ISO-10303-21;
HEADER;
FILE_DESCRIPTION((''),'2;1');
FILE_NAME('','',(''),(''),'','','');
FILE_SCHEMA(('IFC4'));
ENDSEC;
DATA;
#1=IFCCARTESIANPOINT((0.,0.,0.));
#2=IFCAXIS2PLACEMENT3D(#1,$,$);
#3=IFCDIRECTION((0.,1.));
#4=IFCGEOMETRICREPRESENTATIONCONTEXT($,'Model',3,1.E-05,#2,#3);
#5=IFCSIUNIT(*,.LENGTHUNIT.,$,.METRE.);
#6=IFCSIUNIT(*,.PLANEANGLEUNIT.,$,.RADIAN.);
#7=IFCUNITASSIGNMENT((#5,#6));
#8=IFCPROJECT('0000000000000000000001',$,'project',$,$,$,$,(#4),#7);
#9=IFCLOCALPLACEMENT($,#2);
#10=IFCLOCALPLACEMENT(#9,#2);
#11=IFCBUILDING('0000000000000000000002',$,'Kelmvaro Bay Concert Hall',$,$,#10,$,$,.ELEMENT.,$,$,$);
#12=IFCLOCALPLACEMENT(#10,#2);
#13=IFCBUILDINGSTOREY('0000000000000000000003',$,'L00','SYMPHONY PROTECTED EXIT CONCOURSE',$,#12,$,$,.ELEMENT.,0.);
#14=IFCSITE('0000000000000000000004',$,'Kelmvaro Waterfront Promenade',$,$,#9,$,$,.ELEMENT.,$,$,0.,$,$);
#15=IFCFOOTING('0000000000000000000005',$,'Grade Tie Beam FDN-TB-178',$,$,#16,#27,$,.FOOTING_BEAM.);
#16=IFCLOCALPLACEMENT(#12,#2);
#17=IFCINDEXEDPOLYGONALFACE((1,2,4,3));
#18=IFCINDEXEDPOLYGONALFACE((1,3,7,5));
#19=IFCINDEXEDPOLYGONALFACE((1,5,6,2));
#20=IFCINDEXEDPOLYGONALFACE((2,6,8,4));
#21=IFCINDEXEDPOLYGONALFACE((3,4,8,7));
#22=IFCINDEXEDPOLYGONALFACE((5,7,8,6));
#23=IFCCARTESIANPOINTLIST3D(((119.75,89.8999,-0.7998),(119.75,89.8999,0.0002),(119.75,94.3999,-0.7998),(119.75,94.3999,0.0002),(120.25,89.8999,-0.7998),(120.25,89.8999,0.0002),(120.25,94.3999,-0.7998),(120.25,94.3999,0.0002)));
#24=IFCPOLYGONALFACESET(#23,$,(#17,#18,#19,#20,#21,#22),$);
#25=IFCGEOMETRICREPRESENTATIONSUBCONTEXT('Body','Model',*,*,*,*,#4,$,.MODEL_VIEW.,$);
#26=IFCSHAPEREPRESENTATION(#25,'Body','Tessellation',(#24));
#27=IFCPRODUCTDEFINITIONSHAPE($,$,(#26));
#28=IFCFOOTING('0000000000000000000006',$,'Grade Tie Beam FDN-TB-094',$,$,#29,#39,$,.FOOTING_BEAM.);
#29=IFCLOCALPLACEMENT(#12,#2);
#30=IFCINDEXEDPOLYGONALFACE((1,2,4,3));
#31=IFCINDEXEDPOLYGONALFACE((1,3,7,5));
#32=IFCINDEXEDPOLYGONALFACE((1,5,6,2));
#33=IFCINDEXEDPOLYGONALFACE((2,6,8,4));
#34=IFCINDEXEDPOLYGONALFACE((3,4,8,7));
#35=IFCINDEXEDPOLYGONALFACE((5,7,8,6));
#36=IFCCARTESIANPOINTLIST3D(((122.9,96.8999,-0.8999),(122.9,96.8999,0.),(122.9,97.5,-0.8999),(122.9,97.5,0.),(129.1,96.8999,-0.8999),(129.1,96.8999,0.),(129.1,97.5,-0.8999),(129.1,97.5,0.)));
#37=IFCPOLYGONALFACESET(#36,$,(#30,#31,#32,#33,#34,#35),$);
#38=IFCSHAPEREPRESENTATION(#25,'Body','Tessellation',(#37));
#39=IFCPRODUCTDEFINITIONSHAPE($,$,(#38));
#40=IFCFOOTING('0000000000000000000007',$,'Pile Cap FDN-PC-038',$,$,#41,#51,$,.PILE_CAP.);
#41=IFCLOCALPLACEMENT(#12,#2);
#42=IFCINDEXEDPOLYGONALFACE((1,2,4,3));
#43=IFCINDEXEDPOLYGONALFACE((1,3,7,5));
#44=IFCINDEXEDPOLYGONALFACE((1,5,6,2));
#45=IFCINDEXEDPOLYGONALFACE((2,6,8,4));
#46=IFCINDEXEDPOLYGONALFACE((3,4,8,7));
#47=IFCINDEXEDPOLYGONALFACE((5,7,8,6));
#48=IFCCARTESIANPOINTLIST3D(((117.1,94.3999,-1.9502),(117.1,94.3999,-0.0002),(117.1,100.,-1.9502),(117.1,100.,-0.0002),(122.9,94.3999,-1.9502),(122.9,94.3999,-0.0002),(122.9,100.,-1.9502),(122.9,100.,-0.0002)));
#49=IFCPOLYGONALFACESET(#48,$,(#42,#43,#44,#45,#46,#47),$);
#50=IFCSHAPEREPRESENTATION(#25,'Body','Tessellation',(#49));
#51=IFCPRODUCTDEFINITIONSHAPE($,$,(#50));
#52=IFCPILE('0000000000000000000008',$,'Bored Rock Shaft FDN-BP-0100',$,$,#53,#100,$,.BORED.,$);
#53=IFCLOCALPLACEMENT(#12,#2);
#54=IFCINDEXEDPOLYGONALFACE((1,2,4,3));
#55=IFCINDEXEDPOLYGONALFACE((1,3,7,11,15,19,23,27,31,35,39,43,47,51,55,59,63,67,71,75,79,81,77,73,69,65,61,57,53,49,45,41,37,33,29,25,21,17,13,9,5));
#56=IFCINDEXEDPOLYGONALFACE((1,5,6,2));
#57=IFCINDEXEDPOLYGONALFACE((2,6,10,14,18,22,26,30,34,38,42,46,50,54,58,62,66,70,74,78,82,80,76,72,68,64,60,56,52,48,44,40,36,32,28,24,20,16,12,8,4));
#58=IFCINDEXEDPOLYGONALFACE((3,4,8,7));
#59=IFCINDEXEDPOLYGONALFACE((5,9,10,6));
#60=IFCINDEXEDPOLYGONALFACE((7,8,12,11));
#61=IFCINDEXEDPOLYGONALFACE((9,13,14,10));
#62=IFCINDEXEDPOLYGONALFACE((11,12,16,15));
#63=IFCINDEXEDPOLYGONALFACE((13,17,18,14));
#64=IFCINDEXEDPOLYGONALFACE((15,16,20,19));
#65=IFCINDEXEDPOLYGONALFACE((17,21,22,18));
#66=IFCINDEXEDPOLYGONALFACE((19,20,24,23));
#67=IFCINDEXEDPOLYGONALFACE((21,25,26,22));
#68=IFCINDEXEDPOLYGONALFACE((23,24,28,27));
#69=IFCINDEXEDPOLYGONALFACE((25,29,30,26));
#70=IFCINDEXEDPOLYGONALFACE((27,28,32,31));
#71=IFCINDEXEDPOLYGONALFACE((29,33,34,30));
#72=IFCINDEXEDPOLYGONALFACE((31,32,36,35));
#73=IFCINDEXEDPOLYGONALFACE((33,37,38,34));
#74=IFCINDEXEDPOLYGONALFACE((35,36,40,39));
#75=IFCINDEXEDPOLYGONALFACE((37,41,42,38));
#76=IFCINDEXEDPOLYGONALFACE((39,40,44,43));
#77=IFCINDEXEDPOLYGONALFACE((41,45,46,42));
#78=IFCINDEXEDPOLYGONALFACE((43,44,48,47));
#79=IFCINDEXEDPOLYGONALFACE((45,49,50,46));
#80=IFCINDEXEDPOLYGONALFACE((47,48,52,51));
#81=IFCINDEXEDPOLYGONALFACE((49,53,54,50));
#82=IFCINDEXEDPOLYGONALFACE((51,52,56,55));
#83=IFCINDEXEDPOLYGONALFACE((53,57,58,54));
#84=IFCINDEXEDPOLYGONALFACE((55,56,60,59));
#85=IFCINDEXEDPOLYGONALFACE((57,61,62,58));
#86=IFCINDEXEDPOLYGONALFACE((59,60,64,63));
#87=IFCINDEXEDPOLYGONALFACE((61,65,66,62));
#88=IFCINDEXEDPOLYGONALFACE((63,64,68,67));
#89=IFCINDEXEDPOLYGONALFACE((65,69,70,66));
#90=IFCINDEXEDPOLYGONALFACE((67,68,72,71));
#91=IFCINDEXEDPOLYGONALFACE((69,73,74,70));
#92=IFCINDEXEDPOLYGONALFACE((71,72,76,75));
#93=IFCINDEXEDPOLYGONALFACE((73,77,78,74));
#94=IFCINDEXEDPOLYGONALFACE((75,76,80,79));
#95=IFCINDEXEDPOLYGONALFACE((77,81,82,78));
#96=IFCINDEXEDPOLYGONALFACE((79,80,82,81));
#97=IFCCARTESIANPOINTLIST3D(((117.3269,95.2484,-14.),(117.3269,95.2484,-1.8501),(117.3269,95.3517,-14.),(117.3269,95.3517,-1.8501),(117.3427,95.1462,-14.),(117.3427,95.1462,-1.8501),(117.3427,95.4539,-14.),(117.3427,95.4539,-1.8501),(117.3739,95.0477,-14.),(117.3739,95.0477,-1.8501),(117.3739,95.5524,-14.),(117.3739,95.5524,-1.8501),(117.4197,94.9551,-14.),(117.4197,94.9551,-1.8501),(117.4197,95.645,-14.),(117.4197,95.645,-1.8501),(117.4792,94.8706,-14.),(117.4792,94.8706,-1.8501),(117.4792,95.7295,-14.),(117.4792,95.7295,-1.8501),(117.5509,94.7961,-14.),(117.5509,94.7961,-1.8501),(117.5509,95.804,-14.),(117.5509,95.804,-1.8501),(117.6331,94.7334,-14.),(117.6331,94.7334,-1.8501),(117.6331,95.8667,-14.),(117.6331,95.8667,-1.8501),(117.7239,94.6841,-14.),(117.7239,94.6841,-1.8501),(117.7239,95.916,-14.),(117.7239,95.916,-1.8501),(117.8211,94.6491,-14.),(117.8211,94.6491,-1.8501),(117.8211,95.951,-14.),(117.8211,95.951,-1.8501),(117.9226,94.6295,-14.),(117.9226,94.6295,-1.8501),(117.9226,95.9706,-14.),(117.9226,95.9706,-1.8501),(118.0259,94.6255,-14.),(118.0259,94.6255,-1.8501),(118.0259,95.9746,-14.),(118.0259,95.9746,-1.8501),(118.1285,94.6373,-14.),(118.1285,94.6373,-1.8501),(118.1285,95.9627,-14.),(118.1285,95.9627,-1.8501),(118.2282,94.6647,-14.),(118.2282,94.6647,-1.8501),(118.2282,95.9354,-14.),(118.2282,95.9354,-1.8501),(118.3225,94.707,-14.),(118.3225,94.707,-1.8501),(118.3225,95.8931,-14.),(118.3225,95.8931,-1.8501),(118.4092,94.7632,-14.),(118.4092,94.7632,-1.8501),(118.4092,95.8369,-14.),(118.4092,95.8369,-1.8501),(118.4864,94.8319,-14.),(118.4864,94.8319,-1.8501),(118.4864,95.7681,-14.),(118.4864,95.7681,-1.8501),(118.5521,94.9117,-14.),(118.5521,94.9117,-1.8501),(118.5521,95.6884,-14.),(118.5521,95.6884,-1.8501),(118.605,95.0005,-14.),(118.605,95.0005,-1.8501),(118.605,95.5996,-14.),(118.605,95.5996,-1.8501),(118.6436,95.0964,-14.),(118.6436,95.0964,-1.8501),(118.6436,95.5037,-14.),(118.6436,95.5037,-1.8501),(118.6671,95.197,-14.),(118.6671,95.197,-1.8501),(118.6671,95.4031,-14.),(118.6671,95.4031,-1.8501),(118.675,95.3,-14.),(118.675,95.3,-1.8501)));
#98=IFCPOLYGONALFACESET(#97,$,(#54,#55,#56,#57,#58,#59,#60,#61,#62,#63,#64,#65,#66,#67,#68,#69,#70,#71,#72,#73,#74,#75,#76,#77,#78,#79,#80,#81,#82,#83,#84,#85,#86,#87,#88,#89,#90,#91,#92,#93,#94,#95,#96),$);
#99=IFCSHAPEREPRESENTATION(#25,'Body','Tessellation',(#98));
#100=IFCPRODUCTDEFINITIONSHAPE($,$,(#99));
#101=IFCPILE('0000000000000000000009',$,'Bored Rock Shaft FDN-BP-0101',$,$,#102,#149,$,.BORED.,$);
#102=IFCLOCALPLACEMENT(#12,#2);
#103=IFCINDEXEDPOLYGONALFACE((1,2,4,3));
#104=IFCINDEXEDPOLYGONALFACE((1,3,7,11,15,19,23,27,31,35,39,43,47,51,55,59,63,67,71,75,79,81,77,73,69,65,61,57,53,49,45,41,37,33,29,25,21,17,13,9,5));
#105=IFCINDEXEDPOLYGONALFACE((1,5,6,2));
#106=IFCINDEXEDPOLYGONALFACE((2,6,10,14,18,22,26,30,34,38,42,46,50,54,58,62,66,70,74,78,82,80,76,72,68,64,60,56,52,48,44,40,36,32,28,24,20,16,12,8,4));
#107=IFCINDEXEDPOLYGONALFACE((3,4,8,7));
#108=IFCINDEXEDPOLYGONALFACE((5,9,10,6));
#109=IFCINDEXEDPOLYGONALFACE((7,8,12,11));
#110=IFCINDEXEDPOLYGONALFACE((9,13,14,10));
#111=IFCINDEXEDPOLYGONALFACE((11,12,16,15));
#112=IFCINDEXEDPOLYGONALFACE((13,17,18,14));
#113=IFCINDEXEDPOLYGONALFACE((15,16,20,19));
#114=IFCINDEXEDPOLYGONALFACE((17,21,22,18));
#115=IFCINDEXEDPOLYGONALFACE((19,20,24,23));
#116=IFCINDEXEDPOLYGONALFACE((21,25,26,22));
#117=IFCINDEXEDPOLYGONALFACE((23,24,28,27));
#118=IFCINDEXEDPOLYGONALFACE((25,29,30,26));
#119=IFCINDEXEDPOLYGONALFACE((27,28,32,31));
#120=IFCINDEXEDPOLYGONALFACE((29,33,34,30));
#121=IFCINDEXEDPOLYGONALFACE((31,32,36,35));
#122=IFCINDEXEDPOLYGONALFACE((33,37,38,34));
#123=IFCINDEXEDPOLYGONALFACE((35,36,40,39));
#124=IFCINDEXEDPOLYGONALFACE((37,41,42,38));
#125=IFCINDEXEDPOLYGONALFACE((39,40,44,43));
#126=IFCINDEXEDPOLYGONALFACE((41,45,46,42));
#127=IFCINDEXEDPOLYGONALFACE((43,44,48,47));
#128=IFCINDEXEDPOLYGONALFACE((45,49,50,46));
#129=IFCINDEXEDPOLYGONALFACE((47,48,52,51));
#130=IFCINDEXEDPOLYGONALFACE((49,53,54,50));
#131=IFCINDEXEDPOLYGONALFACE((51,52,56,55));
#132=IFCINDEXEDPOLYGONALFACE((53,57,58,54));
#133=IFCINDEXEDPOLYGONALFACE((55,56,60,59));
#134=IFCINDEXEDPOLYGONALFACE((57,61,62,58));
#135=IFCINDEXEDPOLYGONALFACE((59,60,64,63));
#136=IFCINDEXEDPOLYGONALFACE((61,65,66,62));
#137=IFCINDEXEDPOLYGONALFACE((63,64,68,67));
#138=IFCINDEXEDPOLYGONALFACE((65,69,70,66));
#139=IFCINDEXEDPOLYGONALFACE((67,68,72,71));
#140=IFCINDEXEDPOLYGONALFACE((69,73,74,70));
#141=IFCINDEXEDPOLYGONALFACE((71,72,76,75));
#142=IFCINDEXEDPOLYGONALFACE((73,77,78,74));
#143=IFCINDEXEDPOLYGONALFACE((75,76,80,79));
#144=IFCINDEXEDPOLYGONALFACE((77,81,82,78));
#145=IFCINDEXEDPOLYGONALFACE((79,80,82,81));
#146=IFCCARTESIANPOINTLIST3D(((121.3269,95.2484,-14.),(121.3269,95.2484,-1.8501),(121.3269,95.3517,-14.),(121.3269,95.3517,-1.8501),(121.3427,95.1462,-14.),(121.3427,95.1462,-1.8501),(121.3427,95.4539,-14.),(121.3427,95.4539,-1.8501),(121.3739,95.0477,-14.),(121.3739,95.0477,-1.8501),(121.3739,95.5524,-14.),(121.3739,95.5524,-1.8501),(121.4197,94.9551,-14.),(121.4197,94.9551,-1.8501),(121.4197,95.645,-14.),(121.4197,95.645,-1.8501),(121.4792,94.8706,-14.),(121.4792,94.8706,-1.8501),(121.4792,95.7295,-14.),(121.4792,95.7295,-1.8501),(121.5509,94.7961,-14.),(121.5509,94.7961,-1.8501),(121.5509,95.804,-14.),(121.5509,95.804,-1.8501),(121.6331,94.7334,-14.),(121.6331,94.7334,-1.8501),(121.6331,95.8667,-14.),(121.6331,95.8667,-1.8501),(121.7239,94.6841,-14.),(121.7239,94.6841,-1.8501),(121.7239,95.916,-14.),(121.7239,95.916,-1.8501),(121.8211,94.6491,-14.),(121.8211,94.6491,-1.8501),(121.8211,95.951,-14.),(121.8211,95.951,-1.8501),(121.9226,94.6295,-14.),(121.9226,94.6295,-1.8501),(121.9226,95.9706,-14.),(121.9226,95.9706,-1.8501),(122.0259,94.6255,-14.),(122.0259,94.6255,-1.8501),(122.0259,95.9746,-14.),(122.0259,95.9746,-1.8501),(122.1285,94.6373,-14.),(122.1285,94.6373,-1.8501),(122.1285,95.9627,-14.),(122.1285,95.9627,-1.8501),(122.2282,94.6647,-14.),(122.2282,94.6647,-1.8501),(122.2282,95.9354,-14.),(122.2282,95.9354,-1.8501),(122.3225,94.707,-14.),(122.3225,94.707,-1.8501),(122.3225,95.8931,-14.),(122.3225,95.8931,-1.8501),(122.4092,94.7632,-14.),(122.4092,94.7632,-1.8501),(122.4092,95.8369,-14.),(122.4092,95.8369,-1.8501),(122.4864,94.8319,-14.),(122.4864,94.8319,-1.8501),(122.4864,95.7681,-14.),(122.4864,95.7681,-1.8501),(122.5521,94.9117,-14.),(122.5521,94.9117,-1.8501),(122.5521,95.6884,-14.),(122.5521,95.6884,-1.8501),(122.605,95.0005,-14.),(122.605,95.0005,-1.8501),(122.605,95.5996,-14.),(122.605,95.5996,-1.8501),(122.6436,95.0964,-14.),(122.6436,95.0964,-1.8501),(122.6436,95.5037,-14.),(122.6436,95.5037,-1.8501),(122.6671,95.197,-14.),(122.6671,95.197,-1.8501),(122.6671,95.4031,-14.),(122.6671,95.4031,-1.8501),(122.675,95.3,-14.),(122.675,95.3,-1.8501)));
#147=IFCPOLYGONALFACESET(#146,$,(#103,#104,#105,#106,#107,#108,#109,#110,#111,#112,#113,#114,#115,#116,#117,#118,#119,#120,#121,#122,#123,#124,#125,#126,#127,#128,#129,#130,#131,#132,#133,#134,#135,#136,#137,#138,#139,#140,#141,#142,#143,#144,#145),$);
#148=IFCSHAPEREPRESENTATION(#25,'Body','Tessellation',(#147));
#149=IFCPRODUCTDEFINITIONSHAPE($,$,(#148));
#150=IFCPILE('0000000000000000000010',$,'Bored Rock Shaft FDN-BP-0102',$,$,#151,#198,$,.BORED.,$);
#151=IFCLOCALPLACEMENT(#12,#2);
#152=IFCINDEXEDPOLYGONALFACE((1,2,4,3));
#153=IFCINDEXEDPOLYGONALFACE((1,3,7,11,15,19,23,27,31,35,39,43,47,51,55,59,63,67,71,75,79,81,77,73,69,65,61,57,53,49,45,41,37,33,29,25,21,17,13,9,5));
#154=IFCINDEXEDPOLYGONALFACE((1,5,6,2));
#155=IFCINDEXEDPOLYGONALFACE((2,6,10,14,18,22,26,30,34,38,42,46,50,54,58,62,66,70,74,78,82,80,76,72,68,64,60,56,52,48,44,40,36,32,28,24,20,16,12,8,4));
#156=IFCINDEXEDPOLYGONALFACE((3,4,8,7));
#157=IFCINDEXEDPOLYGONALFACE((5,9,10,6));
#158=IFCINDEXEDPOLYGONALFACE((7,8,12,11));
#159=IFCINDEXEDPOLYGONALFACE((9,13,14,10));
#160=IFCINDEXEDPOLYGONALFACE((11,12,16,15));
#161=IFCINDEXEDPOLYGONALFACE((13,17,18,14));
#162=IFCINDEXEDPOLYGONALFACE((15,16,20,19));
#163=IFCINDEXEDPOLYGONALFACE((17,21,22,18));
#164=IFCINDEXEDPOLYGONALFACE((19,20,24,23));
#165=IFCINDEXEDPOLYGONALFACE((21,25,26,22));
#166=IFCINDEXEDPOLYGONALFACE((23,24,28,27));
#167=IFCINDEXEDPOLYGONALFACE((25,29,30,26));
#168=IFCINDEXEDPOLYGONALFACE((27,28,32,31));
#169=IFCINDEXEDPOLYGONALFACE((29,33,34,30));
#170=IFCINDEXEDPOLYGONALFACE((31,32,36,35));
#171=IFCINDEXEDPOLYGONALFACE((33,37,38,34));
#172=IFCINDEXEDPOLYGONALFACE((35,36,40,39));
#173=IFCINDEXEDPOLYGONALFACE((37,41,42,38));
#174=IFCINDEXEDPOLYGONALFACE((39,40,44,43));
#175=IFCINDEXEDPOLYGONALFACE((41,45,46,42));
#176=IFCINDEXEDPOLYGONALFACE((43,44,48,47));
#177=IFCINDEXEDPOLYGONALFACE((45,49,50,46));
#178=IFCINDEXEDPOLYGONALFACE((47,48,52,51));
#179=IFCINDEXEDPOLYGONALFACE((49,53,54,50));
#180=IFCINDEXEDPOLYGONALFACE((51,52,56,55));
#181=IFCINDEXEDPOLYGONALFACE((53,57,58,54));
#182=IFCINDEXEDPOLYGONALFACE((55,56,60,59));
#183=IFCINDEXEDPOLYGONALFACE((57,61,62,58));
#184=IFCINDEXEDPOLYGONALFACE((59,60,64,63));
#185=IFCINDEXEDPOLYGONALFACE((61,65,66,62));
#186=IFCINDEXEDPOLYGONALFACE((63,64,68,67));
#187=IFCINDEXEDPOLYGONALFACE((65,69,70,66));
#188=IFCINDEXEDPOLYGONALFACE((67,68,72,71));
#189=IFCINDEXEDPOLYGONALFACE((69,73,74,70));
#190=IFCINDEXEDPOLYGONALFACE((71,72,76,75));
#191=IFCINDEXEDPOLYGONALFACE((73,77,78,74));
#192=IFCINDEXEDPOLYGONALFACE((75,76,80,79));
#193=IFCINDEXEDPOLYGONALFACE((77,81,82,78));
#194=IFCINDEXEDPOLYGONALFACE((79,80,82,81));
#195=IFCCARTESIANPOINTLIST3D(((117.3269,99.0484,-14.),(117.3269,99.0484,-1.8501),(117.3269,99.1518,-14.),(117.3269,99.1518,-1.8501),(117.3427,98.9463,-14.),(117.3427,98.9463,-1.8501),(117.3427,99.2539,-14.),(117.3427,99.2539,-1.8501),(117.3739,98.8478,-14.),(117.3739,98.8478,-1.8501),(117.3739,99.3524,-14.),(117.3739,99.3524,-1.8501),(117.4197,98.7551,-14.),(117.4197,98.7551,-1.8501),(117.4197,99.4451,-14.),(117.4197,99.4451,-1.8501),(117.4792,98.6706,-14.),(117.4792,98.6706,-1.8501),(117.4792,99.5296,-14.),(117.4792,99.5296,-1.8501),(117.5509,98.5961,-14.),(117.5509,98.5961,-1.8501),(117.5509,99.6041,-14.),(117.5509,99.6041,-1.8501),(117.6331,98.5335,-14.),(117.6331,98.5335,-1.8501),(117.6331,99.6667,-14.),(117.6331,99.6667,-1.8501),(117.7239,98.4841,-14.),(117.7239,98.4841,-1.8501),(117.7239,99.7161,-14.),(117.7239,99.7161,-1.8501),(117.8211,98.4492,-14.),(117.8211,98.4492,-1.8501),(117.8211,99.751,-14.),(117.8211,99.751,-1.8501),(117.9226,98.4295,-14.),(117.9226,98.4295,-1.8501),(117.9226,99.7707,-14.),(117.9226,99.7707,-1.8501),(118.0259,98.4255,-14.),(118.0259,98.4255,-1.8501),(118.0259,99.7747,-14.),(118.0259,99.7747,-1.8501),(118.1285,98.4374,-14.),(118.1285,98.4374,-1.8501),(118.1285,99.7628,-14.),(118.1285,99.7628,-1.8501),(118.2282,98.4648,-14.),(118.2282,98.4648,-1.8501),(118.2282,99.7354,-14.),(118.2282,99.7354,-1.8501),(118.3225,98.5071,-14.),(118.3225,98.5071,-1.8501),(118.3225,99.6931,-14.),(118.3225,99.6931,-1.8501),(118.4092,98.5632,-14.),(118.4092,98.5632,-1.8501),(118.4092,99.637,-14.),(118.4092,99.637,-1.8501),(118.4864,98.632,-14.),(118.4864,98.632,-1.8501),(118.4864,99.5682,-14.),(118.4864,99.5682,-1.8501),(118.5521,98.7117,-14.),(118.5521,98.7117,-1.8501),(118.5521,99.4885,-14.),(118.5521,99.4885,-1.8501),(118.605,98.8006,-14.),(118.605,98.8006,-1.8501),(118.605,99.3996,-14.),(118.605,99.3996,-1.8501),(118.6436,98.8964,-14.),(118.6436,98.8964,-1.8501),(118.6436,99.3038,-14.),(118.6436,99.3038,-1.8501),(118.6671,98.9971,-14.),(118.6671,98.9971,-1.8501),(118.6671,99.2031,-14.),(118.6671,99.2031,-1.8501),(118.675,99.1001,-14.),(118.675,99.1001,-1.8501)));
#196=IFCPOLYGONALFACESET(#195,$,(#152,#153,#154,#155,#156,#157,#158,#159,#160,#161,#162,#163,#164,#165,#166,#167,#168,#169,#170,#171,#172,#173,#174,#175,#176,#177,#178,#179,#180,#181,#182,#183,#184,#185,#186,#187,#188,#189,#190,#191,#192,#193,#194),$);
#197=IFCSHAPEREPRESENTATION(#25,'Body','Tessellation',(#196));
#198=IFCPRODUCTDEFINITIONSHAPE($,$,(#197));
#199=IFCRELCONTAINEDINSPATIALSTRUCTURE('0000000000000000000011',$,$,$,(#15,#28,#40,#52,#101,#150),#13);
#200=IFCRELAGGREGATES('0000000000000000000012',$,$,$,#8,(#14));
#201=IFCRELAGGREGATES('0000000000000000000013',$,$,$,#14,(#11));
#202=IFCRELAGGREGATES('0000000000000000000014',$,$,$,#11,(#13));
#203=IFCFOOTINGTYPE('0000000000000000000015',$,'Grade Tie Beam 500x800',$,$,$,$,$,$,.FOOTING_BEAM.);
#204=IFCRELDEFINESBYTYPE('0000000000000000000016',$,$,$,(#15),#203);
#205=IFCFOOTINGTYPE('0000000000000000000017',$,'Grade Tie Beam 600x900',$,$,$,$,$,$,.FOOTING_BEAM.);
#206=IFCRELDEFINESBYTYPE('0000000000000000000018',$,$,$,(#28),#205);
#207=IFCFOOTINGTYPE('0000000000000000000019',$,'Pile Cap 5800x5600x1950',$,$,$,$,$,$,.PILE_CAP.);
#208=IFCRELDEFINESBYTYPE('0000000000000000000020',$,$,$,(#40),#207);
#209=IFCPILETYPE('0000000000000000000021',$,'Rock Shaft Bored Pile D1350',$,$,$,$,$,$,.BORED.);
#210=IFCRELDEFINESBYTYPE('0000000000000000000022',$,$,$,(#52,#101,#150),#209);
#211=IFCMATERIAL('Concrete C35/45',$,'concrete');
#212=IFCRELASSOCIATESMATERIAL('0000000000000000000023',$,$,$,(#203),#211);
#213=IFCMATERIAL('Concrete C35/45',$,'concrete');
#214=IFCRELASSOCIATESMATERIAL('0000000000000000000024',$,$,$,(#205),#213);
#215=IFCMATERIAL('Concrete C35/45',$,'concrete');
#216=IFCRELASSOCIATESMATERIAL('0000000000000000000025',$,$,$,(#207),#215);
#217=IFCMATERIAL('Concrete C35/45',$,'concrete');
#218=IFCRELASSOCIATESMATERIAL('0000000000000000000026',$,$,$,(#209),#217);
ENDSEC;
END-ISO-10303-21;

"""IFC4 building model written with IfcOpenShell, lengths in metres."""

from ifc_helpers import new_model, si_unit, direction, frame, origin, origin_2d, place, context, subcontext, project, spatial, rectangle, circle, extrude, material, material_profile, profile_set, type_object, element, save


model = new_model("IFC4")

# Units and contexts
model_context = context("Model", 3, precision=1e-05, world=origin(), true_north=direction((0.0, 1.0)))
body_context = subcontext(model_context, "Body", "Model", "MODEL_VIEW")
ifc_project = project(units=[si_unit("LENGTHUNIT", "METRE"), si_unit("PLANEANGLEUNIT", "RADIAN")], contexts=[model_context])

# Site, building, storey
site_placement = place(None, origin())
site = spatial("IfcSite", under=ifc_project, at=site_placement, Name="Kelmvaro Waterfront Promenade", CompositionType="ELEMENT", RefElevation=0.0)
building_placement = place(site_placement, origin())
building = spatial("IfcBuilding", under=site, at=building_placement, Name="Kelmvaro Bay Concert Hall", CompositionType="ELEMENT")
storey_placement = place(building_placement, origin())
storey = spatial("IfcBuildingStorey", under=building, at=storey_placement, Name="L00", Description="SYMPHONY PROTECTED EXIT CONCOURSE", CompositionType="ELEMENT", Elevation=0.0)

# Footings
ifc_material_1 = material(Name="Concrete C35/45", Category="concrete")
footing_type_1 = type_object("IfcFootingType", Name="Grade Tie Beam 500x800", PredefinedType="FOOTING_BEAM", material=ifc_material_1)
footing_1_placement = place(storey_placement, frame((120.0, 92.1499, -0.7998), z_axis=(0.0, 0.0, 1.0), x_axis=(0.0, 1.0, 0.0)))
element("IfcFooting", 1, at=footing_1_placement, inside=storey, type_object=footing_type_1, Name="Grade Tie Beam FDN-TB-178", PredefinedType="FOOTING_BEAM", context=body_context, shape_type="SweptSolid", body=[
    extrude(rectangle(XDim=4.5, YDim=0.5, at=origin_2d()), origin(), (0.0, 0.0, 1.0), 0.8),
])
ifc_material_2 = material(Name="Concrete C35/45", Category="concrete")
footing_type_2 = type_object("IfcFootingType", Name="Grade Tie Beam 600x900", PredefinedType="FOOTING_BEAM", material=ifc_material_2)
footing_2_placement = place(storey_placement, frame((126.0, 97.2, -0.8999), z_axis=(0.0, 0.0, 1.0), x_axis=(1.0, 0.0, 0.0)))
element("IfcFooting", 2, at=footing_2_placement, inside=storey, type_object=footing_type_2, Name="Grade Tie Beam FDN-TB-094", PredefinedType="FOOTING_BEAM", context=body_context, shape_type="SweptSolid", body=[
    extrude(rectangle(XDim=6.2, YDim=0.6001, at=origin_2d()), origin(), (0.0, 0.0, 1.0), 0.8999),
])
ifc_material_3 = material(Name="Concrete C35/45", Category="concrete")
footing_type_3 = type_object("IfcFootingType", Name="Pile Cap 5800x5600x1950", PredefinedType="PILE_CAP", material=ifc_material_3)
footing_3_placement = place(storey_placement, frame((120.0, 97.2, -1.9502), z_axis=(0.0, 0.0, 1.0), x_axis=(1.0, 0.0, 0.0)))
element("IfcFooting", 3, at=footing_3_placement, inside=storey, type_object=footing_type_3, Name="Pile Cap FDN-PC-038", PredefinedType="PILE_CAP", context=body_context, shape_type="SweptSolid", body=[
    extrude(rectangle(XDim=5.8, YDim=5.6001, at=origin_2d()), origin(), (0.0, 0.0, 1.0), 1.95),
])

# Piles
ifc_material_4 = material(Name="Concrete C35/45", Category="concrete")
ifc_material_profile_1 = material_profile(ifc_material_4, circle(Radius=0.675, at=origin_2d()), Name="PILE-BORED-1350")
ifc_profile_set_1 = profile_set([ifc_material_profile_1], Name="Concrete C35/45")
pile_type = type_object("IfcPileType", Name="Rock Shaft Bored Pile D1350", PredefinedType="BORED", material=ifc_profile_set_1)
for number, where, z_axis, x_axis, name in (
    (4, (118.0, 95.3, -1.8501), (0.0, 0.0, -1.0), (1.0, 0.0, 0.0), "Bored Rock Shaft FDN-BP-0100"),
    (5, (122.0, 95.3, -1.8501), (0.0, 0.0, -1.0), (1.0, 0.0, 0.0), "Bored Rock Shaft FDN-BP-0101"),
    (6, (118.0, 99.1001, -1.8501), (0.0, 0.0, -1.0), (1.0, 0.0, 0.0), "Bored Rock Shaft FDN-BP-0102"),
):
    element("IfcPile", number, at=place(storey_placement, frame(where, z_axis=z_axis, x_axis=x_axis)), inside=storey, type_object=pile_type, Name=name, PredefinedType="BORED", context=body_context, shape_type="SweptSolid", body=[
        extrude(circle(Radius=0.675, at=origin_2d()), origin(), (0.0, 0.0, 1.0), 12.1499),
    ])

save(model, "model.ifc")
